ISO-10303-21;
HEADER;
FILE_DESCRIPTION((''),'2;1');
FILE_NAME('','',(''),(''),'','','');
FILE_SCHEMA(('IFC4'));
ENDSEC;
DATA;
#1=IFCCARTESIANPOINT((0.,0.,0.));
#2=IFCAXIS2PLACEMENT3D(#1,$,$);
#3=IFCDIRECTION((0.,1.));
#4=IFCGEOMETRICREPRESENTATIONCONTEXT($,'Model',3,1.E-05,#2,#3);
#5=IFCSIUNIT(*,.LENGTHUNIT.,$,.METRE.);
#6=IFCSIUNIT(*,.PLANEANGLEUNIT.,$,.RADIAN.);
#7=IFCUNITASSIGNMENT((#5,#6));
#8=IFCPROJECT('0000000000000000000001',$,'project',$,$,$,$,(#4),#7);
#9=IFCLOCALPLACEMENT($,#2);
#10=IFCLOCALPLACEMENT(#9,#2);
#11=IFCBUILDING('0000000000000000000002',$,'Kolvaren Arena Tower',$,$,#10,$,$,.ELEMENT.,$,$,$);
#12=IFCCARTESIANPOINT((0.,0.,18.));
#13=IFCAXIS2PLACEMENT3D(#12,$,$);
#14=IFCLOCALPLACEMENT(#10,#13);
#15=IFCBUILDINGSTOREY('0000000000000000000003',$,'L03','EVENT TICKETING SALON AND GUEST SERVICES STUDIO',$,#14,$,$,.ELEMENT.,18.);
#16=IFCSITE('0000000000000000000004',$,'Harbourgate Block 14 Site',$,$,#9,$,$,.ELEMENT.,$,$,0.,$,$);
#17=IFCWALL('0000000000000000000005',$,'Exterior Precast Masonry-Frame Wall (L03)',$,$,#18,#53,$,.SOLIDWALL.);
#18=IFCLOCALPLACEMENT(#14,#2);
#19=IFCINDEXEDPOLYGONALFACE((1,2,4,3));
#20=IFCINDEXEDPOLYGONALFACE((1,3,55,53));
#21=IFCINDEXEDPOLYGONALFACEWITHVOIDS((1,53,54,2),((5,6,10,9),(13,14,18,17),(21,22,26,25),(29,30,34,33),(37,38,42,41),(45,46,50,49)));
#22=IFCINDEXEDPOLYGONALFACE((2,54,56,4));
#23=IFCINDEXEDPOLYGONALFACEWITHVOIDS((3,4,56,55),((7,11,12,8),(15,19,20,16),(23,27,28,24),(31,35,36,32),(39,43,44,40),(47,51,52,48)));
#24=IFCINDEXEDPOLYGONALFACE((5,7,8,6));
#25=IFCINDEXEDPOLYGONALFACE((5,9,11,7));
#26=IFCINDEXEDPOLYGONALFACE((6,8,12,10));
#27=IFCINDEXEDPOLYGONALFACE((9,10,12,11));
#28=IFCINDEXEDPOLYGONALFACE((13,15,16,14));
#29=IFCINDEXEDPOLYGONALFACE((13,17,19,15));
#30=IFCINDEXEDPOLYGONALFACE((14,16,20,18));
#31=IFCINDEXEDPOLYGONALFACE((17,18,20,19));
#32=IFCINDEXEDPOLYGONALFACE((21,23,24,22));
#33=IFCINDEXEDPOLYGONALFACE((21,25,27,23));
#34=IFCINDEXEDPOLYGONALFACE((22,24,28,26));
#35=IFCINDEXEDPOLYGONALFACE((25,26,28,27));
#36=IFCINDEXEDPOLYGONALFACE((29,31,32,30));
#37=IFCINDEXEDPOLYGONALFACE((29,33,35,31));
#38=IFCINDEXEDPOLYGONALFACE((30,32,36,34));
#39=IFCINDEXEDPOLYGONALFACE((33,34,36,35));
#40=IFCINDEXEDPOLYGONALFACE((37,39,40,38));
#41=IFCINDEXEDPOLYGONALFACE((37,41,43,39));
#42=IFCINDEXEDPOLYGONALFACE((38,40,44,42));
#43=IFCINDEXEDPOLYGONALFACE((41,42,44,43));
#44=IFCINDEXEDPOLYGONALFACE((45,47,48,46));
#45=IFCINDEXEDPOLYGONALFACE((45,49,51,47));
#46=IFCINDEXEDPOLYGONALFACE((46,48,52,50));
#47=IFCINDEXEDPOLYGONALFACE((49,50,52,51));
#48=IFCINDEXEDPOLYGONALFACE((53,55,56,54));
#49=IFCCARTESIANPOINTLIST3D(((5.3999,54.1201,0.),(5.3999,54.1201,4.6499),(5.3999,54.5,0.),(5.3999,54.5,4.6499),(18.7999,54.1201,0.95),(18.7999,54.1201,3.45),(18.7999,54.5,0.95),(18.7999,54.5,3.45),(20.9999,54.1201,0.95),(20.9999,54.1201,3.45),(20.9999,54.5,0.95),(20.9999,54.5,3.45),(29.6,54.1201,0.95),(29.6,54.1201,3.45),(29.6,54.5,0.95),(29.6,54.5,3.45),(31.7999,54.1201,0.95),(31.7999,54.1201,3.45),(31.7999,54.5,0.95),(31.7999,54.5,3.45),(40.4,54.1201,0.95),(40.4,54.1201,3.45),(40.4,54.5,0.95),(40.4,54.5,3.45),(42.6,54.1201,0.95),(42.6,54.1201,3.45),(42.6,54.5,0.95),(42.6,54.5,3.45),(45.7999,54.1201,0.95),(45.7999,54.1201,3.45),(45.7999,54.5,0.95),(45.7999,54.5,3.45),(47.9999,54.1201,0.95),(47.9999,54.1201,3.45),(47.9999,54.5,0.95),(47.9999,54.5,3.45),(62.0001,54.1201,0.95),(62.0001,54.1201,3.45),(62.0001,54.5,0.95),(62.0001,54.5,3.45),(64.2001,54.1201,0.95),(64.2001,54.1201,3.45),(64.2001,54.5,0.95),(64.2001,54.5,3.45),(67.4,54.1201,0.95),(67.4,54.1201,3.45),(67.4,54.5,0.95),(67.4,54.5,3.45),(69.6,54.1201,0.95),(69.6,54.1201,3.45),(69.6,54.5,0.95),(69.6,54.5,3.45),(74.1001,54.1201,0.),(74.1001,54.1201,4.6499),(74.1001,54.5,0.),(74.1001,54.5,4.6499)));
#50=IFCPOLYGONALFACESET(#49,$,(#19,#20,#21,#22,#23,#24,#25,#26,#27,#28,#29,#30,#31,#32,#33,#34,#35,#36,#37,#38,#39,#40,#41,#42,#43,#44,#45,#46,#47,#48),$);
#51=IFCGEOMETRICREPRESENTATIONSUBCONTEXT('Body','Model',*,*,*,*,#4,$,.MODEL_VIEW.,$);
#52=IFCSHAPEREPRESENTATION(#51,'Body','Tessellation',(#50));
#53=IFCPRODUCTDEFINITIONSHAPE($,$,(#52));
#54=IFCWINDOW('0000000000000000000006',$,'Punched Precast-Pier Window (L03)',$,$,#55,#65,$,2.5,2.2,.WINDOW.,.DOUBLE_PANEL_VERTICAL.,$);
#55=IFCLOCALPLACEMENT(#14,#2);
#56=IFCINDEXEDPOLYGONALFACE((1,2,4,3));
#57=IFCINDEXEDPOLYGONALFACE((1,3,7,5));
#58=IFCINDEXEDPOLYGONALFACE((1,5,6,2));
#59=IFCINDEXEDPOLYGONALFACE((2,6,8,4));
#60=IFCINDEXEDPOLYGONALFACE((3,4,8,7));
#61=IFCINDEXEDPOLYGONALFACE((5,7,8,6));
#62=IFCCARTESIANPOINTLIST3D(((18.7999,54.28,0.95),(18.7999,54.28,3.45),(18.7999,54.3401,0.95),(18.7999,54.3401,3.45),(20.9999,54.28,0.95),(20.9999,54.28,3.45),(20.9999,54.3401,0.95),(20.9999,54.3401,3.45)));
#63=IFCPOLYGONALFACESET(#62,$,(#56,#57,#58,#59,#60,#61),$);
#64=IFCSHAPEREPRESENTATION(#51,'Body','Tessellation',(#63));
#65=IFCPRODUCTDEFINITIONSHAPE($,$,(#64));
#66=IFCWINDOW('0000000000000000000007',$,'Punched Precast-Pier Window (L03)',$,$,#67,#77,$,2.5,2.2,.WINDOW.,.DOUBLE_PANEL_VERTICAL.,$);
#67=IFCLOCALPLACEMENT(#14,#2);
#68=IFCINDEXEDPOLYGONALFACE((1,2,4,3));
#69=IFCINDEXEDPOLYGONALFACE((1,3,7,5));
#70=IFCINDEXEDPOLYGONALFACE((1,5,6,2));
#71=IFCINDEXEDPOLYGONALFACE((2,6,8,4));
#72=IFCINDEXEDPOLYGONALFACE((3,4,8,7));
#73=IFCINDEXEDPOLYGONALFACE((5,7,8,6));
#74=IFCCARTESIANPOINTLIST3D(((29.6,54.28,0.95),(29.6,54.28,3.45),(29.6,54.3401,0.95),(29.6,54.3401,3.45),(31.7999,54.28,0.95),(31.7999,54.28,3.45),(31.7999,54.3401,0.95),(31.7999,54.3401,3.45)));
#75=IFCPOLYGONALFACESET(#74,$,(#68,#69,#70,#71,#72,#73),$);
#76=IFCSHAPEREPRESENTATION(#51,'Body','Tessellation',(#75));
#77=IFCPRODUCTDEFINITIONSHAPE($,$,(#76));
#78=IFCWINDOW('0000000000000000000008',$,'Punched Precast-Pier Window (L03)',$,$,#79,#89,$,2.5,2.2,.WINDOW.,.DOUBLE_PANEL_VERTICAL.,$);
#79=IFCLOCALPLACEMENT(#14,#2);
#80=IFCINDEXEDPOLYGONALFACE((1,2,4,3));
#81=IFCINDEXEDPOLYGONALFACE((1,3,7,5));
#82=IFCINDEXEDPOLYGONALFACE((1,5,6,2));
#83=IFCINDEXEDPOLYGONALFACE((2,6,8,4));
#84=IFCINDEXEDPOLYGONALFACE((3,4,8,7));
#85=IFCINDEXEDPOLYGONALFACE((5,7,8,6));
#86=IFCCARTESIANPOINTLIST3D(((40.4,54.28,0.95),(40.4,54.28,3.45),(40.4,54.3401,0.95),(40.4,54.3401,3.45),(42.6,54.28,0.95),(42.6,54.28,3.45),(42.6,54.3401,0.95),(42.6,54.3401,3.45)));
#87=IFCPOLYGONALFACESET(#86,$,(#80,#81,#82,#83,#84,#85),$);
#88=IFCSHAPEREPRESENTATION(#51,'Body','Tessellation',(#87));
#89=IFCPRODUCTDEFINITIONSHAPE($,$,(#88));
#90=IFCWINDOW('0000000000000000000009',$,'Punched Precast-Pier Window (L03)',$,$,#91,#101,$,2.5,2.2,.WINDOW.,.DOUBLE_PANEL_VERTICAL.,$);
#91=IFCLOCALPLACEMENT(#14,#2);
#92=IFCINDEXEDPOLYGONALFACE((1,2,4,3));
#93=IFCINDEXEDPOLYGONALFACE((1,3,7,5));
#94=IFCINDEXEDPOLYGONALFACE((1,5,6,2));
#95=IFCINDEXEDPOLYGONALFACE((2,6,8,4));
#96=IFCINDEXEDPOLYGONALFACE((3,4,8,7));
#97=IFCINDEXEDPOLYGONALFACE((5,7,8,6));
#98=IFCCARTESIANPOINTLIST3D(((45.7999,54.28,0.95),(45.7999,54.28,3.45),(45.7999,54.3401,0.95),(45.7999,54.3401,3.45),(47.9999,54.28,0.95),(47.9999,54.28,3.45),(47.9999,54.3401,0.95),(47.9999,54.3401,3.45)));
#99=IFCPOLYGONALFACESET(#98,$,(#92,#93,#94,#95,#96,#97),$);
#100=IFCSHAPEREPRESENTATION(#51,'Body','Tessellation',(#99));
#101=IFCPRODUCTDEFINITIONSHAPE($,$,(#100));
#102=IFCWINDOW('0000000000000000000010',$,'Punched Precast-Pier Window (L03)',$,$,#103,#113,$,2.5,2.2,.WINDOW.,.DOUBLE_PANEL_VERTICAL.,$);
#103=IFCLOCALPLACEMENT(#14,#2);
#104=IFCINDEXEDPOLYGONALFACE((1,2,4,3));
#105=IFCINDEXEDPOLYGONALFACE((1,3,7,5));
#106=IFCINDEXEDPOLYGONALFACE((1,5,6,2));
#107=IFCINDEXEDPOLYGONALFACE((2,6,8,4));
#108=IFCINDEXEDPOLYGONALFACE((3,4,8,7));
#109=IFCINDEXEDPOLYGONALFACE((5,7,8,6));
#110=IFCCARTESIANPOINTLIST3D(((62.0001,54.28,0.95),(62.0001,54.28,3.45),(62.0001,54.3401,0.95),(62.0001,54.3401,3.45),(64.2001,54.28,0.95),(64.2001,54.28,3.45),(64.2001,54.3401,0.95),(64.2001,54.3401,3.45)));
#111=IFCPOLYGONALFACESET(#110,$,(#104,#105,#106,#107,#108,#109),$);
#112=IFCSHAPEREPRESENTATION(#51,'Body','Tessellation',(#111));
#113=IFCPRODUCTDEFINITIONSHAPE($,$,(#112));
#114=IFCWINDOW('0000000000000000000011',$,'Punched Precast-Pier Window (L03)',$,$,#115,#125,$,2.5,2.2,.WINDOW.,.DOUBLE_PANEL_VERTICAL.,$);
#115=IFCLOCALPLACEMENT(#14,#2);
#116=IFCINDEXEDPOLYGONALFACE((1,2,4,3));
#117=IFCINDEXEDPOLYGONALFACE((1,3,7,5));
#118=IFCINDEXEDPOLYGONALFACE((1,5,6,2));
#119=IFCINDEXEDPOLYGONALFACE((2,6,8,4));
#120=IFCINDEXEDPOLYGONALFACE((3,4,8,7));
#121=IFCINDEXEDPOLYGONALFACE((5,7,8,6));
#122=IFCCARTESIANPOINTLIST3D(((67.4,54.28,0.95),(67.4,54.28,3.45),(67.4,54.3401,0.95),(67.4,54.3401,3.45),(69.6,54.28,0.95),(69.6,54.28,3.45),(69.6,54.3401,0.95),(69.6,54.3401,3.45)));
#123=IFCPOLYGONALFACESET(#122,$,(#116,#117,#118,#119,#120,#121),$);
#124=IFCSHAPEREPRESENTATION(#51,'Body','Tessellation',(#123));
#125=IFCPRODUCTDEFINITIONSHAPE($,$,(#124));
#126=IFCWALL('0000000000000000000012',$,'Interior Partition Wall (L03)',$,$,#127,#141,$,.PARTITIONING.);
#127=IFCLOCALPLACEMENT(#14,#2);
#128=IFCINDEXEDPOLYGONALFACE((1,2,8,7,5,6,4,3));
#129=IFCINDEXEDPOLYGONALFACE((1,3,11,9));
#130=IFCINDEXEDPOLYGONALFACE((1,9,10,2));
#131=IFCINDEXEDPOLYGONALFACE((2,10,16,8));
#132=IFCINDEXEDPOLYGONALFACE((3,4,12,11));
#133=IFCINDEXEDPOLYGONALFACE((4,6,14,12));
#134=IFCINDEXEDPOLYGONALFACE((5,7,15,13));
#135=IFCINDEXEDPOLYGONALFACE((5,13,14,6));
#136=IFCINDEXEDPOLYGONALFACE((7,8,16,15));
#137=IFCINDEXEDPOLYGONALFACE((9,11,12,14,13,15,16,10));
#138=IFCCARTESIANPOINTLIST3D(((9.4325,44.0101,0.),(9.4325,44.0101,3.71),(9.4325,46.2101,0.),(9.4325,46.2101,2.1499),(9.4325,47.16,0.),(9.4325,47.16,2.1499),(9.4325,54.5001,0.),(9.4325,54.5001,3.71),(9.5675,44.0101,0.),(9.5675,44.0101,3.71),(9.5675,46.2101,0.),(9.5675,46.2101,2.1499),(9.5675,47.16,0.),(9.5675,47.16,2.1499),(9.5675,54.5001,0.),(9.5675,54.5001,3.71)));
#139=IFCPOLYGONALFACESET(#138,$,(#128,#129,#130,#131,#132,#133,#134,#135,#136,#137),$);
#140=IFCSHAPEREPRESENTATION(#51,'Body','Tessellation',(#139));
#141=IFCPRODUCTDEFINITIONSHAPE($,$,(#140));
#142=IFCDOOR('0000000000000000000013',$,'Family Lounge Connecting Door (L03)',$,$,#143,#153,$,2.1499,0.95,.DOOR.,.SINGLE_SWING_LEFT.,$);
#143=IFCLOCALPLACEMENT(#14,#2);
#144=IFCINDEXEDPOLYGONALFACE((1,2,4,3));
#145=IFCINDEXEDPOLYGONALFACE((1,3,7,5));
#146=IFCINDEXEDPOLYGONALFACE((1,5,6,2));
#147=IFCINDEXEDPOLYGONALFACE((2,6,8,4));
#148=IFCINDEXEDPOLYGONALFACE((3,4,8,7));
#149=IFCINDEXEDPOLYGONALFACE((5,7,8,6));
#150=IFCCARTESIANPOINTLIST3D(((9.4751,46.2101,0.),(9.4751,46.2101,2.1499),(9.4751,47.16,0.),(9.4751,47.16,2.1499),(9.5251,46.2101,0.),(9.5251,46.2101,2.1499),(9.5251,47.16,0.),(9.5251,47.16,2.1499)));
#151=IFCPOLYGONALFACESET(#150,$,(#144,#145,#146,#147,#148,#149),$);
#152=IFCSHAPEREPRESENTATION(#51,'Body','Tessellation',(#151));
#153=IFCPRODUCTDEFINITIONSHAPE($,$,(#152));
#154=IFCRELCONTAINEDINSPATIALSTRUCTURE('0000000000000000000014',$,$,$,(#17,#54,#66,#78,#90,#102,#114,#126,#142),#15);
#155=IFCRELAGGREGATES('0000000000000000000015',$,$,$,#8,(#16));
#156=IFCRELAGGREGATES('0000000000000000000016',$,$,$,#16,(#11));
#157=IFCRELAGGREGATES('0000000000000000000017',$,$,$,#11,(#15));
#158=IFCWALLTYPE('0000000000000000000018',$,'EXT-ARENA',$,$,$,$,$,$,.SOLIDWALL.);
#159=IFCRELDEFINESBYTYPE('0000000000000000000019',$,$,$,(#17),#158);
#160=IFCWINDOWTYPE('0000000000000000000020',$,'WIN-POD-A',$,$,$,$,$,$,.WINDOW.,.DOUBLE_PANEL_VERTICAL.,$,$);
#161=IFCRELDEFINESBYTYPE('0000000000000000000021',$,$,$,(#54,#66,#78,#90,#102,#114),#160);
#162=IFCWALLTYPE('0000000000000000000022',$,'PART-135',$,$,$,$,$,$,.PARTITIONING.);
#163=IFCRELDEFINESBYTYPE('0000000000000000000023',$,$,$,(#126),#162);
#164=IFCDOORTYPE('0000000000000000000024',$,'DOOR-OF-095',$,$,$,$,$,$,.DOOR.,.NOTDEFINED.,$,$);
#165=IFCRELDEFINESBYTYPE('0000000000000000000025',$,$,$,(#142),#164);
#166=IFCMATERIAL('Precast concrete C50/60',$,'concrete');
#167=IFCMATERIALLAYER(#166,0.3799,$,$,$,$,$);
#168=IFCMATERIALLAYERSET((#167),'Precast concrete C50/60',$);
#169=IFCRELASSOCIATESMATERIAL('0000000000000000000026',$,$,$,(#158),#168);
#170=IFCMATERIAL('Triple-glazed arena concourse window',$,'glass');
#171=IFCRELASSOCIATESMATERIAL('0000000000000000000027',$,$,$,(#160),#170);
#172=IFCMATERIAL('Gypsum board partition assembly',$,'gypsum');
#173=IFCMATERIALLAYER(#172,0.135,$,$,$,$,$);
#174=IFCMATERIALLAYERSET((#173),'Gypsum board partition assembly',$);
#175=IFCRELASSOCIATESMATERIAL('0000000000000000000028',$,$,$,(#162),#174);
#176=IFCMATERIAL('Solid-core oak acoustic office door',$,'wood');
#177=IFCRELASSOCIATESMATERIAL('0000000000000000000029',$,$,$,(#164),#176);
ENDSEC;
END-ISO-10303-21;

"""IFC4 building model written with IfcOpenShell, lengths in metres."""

from ifc_helpers import new_model, si_unit, direction, frame, frame_2d, origin, place, context, subcontext, project, spatial, rectangle, extrude, material, layer, layer_set, type_object, element, fill, save


model = new_model("IFC4")

# Units and contexts
model_context = context("Model", 3, precision=1e-05, world=origin(), true_north=direction((0.0, 1.0)))
body_context = subcontext(model_context, "Body", "Model", "MODEL_VIEW")
ifc_project = project(units=[si_unit("LENGTHUNIT", "METRE"), si_unit("PLANEANGLEUNIT", "RADIAN")], contexts=[model_context])

# Site, building, storey
site_placement = place(None, origin())
site = spatial("IfcSite", under=ifc_project, at=site_placement, Name="Harbourgate Block 14 Site", CompositionType="ELEMENT", RefElevation=0.0)
building_placement = place(site_placement, origin())
building = spatial("IfcBuilding", under=site, at=building_placement, Name="Kolvaren Arena Tower", CompositionType="ELEMENT")
storey_placement = place(building_placement, frame((0.0, 0.0, 18.0)))
storey = spatial("IfcBuildingStorey", under=building, at=storey_placement, Name="L03", Description="EVENT TICKETING SALON AND GUEST SERVICES STUDIO", CompositionType="ELEMENT", Elevation=18.0)

# Wall, openings, windows
ifc_material_1 = material(Name="Precast concrete C50/60", Category="concrete")
ifc_layer_1 = layer(ifc_material_1, 0.3799)
ifc_layer_set_1 = layer_set([ifc_layer_1], Name="Precast concrete C50/60")
wall_type_1 = type_object("IfcWallType", Name="EXT-ARENA", PredefinedType="SOLIDWALL", material=ifc_layer_set_1)
wall_1_placement = place(storey_placement, frame((5.3999, 54.3101, 0.0), z_axis=(0.0, 0.0, 1.0), x_axis=(1.0, 0.0, 0.0)))
wall_1 = element("IfcWall", 1, at=wall_1_placement, inside=storey, type_object=wall_type_1, Name="Exterior Precast Masonry-Frame Wall (L03)", PredefinedType="SOLIDWALL", context=body_context, shape_type="SweptSolid", body=[
    extrude(rectangle(XDim=68.7002, YDim=0.3799, at=frame_2d((34.3501, 0.0))), origin(), (0.0, 0.0, 1.0), 4.6499),
])
opening_1_placement = place(wall_1_placement, frame((13.3999, 0.0, 0.95)))
opening_1 = element("IfcOpeningElement", 2, at=opening_1_placement, cuts=wall_1, PredefinedType="OPENING", context=body_context, shape_type="SweptSolid", body=[
    extrude(rectangle(XDim=2.2, YDim=2.5, at=frame_2d((1.1001, 1.25))), frame((0.0, 0.2, 0.0), z_axis=(0.0, -1.0, 0.0), x_axis=(1.0, 0.0, 0.0)), (0.0, 0.0, 1.0), 0.3999),
])
opening_2_placement = place(wall_1_placement, frame((24.2, 0.0, 0.95)))
opening_2 = element("IfcOpeningElement", 3, at=opening_2_placement, cuts=wall_1, PredefinedType="OPENING", context=body_context, shape_type="SweptSolid", body=[
    extrude(rectangle(XDim=2.2, YDim=2.5, at=frame_2d((1.1001, 1.25))), frame((0.0, 0.2, 0.0), z_axis=(0.0, -1.0, 0.0), x_axis=(1.0, 0.0, 0.0)), (0.0, 0.0, 1.0), 0.3999),
])
opening_3_placement = place(wall_1_placement, frame((35.0, 0.0, 0.95)))
opening_3 = element("IfcOpeningElement", 4, at=opening_3_placement, cuts=wall_1, PredefinedType="OPENING", context=body_context, shape_type="SweptSolid", body=[
    extrude(rectangle(XDim=2.2, YDim=2.5, at=frame_2d((1.1001, 1.25))), frame((0.0, 0.2, 0.0), z_axis=(0.0, -1.0, 0.0), x_axis=(1.0, 0.0, 0.0)), (0.0, 0.0, 1.0), 0.3999),
])
opening_4_placement = place(wall_1_placement, frame((40.3999, 0.0, 0.95)))
opening_4 = element("IfcOpeningElement", 5, at=opening_4_placement, cuts=wall_1, PredefinedType="OPENING", context=body_context, shape_type="SweptSolid", body=[
    extrude(rectangle(XDim=2.2, YDim=2.5, at=frame_2d((1.1001, 1.25))), frame((0.0, 0.2, 0.0), z_axis=(0.0, -1.0, 0.0), x_axis=(1.0, 0.0, 0.0)), (0.0, 0.0, 1.0), 0.3999),
])
opening_5_placement = place(wall_1_placement, frame((56.6001, 0.0, 0.95)))
opening_5 = element("IfcOpeningElement", 6, at=opening_5_placement, cuts=wall_1, PredefinedType="OPENING", context=body_context, shape_type="SweptSolid", body=[
    extrude(rectangle(XDim=2.2, YDim=2.5, at=frame_2d((1.1001, 1.25))), frame((0.0, 0.2, 0.0), z_axis=(0.0, -1.0, 0.0), x_axis=(1.0, 0.0, 0.0)), (0.0, 0.0, 1.0), 0.3999),
])
opening_6_placement = place(wall_1_placement, frame((62.0, 0.0, 0.95)))
opening_6 = element("IfcOpeningElement", 7, at=opening_6_placement, cuts=wall_1, PredefinedType="OPENING", context=body_context, shape_type="SweptSolid", body=[
    extrude(rectangle(XDim=2.2, YDim=2.5, at=frame_2d((1.1001, 1.25))), frame((0.0, 0.2, 0.0), z_axis=(0.0, -1.0, 0.0), x_axis=(1.0, 0.0, 0.0)), (0.0, 0.0, 1.0), 0.3999),
])
ifc_material_2 = material(Name="Triple-glazed arena concourse window", Category="glass")
window_type = type_object("IfcWindowType", Name="WIN-POD-A", PartitioningType="DOUBLE_PANEL_VERTICAL", PredefinedType="WINDOW", material=ifc_material_2)
window_1_placement = place(opening_1_placement, origin())
window_1 = element("IfcWindow", 8, at=window_1_placement, inside=storey, type_object=window_type, Name="Punched Precast-Pier Window (L03)", OverallHeight=2.5, OverallWidth=2.2, PartitioningType="DOUBLE_PANEL_VERTICAL", PredefinedType="WINDOW", context=body_context, shape_type="SweptSolid", body=[
    extrude(rectangle(XDim=2.2, YDim=2.5, at=frame_2d((1.1001, 1.25))), frame((0.0, 0.03, 0.0), z_axis=(0.0, -1.0, 0.0), x_axis=(1.0, 0.0, 0.0)), (0.0, 0.0, 1.0), 0.0601),
])
fill(opening_1, window_1)
window_2_placement = place(opening_2_placement, origin())
window_2 = element("IfcWindow", 9, at=window_2_placement, inside=storey, type_object=window_type, Name="Punched Precast-Pier Window (L03)", OverallHeight=2.5, OverallWidth=2.2, PartitioningType="DOUBLE_PANEL_VERTICAL", PredefinedType="WINDOW", context=body_context, shape_type="SweptSolid", body=[
    extrude(rectangle(XDim=2.2, YDim=2.5, at=frame_2d((1.1001, 1.25))), frame((0.0, 0.03, 0.0), z_axis=(0.0, -1.0, 0.0), x_axis=(1.0, 0.0, 0.0)), (0.0, 0.0, 1.0), 0.0601),
])
fill(opening_2, window_2)
window_3_placement = place(opening_3_placement, origin())
window_3 = element("IfcWindow", 10, at=window_3_placement, inside=storey, type_object=window_type, Name="Punched Precast-Pier Window (L03)", OverallHeight=2.5, OverallWidth=2.2, PartitioningType="DOUBLE_PANEL_VERTICAL", PredefinedType="WINDOW", context=body_context, shape_type="SweptSolid", body=[
    extrude(rectangle(XDim=2.2, YDim=2.5, at=frame_2d((1.1001, 1.25))), frame((0.0, 0.03, 0.0), z_axis=(0.0, -1.0, 0.0), x_axis=(1.0, 0.0, 0.0)), (0.0, 0.0, 1.0), 0.0601),
])
fill(opening_3, window_3)
window_4_placement = place(opening_4_placement, origin())
window_4 = element("IfcWindow", 11, at=window_4_placement, inside=storey, type_object=window_type, Name="Punched Precast-Pier Window (L03)", OverallHeight=2.5, OverallWidth=2.2, PartitioningType="DOUBLE_PANEL_VERTICAL", PredefinedType="WINDOW", context=body_context, shape_type="SweptSolid", body=[
    extrude(rectangle(XDim=2.2, YDim=2.5, at=frame_2d((1.1001, 1.25))), frame((0.0, 0.03, 0.0), z_axis=(0.0, -1.0, 0.0), x_axis=(1.0, 0.0, 0.0)), (0.0, 0.0, 1.0), 0.0601),
])
fill(opening_4, window_4)
window_5_placement = place(opening_5_placement, origin())
window_5 = element("IfcWindow", 12, at=window_5_placement, inside=storey, type_object=window_type, Name="Punched Precast-Pier Window (L03)", OverallHeight=2.5, OverallWidth=2.2, PartitioningType="DOUBLE_PANEL_VERTICAL", PredefinedType="WINDOW", context=body_context, shape_type="SweptSolid", body=[
    extrude(rectangle(XDim=2.2, YDim=2.5, at=frame_2d((1.1001, 1.25))), frame((0.0, 0.03, 0.0), z_axis=(0.0, -1.0, 0.0), x_axis=(1.0, 0.0, 0.0)), (0.0, 0.0, 1.0), 0.0601),
])
fill(opening_5, window_5)
window_6_placement = place(opening_6_placement, origin())
window_6 = element("IfcWindow", 13, at=window_6_placement, inside=storey, type_object=window_type, Name="Punched Precast-Pier Window (L03)", OverallHeight=2.5, OverallWidth=2.2, PartitioningType="DOUBLE_PANEL_VERTICAL", PredefinedType="WINDOW", context=body_context, shape_type="SweptSolid", body=[
    extrude(rectangle(XDim=2.2, YDim=2.5, at=frame_2d((1.1001, 1.25))), frame((0.0, 0.03, 0.0), z_axis=(0.0, -1.0, 0.0), x_axis=(1.0, 0.0, 0.0)), (0.0, 0.0, 1.0), 0.0601),
])
fill(opening_6, window_6)

# Wall, opening, door
ifc_material_3 = material(Name="Gypsum board partition assembly", Category="gypsum")
ifc_layer_2 = layer(ifc_material_3, 0.135)
ifc_layer_set_2 = layer_set([ifc_layer_2], Name="Gypsum board partition assembly")
wall_type_2 = type_object("IfcWallType", Name="PART-135", PredefinedType="PARTITIONING", material=ifc_layer_set_2)
wall_2_placement = place(storey_placement, frame((9.5, 44.01, 0.0), z_axis=(0.0, 0.0, 1.0), x_axis=(0.0, 1.0, 0.0)))
wall_2 = element("IfcWall", 14, at=wall_2_placement, inside=storey, type_object=wall_type_2, Name="Interior Partition Wall (L03)", PredefinedType="PARTITIONING", context=body_context, shape_type="SweptSolid", body=[
    extrude(rectangle(XDim=10.49, YDim=0.135, at=frame_2d((5.2451, 0.0))), origin(), (0.0, 0.0, 1.0), 3.71),
])
opening_7_placement = place(wall_2_placement, frame((2.2, 0.0, 0.0)))
opening_7 = element("IfcOpeningElement", 15, at=opening_7_placement, cuts=wall_2, PredefinedType="OPENING", context=body_context, shape_type="SweptSolid", body=[
    extrude(rectangle(XDim=0.95, YDim=2.1499, at=frame_2d((0.4751, 1.075))), frame((0.0, 0.0774, 0.0), z_axis=(0.0, -1.0, 0.0), x_axis=(1.0, 0.0, 0.0)), (0.0, 0.0, 1.0), 0.155),
])
ifc_material_4 = material(Name="Solid-core oak acoustic office door", Category="wood")
door_type = type_object("IfcDoorType", Name="DOOR-OF-095", OperationType="NOTDEFINED", PredefinedType="DOOR", material=ifc_material_4)
door_placement = place(opening_7_placement, origin())
door = element("IfcDoor", 16, at=door_placement, inside=storey, type_object=door_type, Name="Family Lounge Connecting Door (L03)", OperationType="SINGLE_SWING_LEFT", OverallHeight=2.1499, OverallWidth=0.95, PredefinedType="DOOR", context=body_context, shape_type="SweptSolid", body=[
    extrude(rectangle(XDim=0.95, YDim=2.1499, at=frame_2d((0.4751, 1.075))), frame((0.0, 0.0249, 0.0), z_axis=(0.0, -1.0, 0.0), x_axis=(1.0, 0.0, 0.0)), (0.0, 0.0, 1.0), 0.05),
])
fill(opening_7, door)

save(model, "model.ifc")
